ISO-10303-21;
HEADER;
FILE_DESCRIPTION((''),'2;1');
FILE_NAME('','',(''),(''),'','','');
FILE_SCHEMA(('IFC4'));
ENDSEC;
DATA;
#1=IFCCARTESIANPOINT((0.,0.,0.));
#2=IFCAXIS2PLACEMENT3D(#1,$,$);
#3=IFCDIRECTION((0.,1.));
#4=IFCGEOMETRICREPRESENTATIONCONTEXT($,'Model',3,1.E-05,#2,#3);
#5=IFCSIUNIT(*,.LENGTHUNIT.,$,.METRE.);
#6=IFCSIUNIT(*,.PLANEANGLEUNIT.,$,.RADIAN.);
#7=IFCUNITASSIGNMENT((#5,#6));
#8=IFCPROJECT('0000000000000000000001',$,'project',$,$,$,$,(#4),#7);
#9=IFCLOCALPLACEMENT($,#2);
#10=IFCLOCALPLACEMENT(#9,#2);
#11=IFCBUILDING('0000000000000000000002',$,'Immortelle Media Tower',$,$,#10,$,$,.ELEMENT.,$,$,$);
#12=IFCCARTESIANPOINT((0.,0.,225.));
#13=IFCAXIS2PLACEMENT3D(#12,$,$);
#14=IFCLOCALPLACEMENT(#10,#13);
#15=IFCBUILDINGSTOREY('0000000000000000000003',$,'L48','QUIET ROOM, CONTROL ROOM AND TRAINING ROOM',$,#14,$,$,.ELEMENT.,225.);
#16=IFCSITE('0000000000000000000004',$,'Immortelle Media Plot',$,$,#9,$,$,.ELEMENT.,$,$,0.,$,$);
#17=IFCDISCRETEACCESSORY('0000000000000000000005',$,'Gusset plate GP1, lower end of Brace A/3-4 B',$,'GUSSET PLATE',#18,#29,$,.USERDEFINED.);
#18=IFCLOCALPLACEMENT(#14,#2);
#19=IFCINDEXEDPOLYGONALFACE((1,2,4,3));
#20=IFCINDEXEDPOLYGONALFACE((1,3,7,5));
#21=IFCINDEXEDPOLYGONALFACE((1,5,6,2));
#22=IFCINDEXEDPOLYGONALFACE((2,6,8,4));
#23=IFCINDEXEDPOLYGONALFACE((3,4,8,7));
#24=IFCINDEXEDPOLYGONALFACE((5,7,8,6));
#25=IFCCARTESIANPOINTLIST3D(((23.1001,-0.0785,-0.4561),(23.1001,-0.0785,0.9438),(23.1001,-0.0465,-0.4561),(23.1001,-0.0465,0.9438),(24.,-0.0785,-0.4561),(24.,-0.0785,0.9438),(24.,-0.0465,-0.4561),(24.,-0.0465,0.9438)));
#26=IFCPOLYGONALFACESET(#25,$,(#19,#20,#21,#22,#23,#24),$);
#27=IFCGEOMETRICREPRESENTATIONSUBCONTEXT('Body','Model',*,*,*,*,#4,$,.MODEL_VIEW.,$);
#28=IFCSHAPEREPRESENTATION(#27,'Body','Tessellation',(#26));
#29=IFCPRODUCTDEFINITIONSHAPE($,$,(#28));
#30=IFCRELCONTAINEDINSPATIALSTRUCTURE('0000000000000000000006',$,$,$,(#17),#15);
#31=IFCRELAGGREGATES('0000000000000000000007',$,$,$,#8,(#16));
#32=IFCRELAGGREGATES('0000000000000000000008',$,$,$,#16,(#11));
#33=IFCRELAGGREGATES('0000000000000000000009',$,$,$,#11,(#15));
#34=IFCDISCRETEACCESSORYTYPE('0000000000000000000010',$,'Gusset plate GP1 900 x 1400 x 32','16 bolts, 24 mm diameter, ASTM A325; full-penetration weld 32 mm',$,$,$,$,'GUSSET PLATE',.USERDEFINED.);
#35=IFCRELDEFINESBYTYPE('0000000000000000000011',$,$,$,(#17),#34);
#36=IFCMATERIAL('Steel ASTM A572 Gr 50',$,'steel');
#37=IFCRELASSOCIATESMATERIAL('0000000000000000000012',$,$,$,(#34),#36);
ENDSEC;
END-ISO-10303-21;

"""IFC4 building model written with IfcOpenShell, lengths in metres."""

from ifc_helpers import new_model, si_unit, direction, frame, origin, origin_2d, place, context, subcontext, project, spatial, rectangle, extrude, material, material_profile, profile_set, type_object, element, save


model = new_model("IFC4")

# Units and contexts
model_context = context("Model", 3, precision=1e-05, world=origin(), true_north=direction((0.0, 1.0)))
body_context = subcontext(model_context, "Body", "Model", "MODEL_VIEW")
ifc_project = project(units=[si_unit("LENGTHUNIT", "METRE"), si_unit("PLANEANGLEUNIT", "RADIAN")], contexts=[model_context])

# Site, building, storey
site_placement = place(None, origin())
site = spatial("IfcSite", under=ifc_project, at=site_placement, Name="Immortelle Media Plot", CompositionType="ELEMENT", RefElevation=0.0)
building_placement = place(site_placement, origin())
building = spatial("IfcBuilding", under=site, at=building_placement, Name="Immortelle Media Tower", CompositionType="ELEMENT")
storey_placement = place(building_placement, frame((0.0, 0.0, 225.0)))
storey = spatial("IfcBuildingStorey", under=building, at=storey_placement, Name="L48", Description="QUIET ROOM, CONTROL ROOM AND TRAINING ROOM", CompositionType="ELEMENT", Elevation=225.0)

# Discrete accessory
ifc_material_1 = material(Name="Steel ASTM A572 Gr 50", Category="steel")
ifc_material_profile_1 = material_profile(ifc_material_1, rectangle(XDim=0.032, YDim=1.3999, at=origin_2d()), Name="PL 32 x 1400")
ifc_profile_set_1 = profile_set([ifc_material_profile_1], Name="Steel ASTM A572 Gr 50")
discrete_accessory_type = type_object("IfcDiscreteAccessoryType", Name="Gusset plate GP1 900 x 1400 x 32", Description="16 bolts, 24 mm diameter, ASTM A325; full-penetration weld 32 mm", ElementType="GUSSET PLATE", PredefinedType="USERDEFINED", material=ifc_profile_set_1)
for number, where, z_axis, x_axis, name in (
    (1, (24.0, -0.0625, 0.2439), (-1.0, 0.0, 0.0), (0.0, -1.0, 0.0), "Gusset plate GP1, lower end of Brace A/3-4 B"),
):
    element("IfcDiscreteAccessory", number, at=place(storey_placement, frame(where, z_axis=z_axis, x_axis=x_axis)), inside=storey, type_object=discrete_accessory_type, Name=name, ObjectType="GUSSET PLATE", PredefinedType="USERDEFINED", context=body_context, shape_type="SweptSolid", body=[
        extrude(rectangle(XDim=0.032, YDim=1.3999, at=origin_2d()), origin(), (0.0, 0.0, 1.0), 0.8999),
    ])

save(model, "model.ifc")
